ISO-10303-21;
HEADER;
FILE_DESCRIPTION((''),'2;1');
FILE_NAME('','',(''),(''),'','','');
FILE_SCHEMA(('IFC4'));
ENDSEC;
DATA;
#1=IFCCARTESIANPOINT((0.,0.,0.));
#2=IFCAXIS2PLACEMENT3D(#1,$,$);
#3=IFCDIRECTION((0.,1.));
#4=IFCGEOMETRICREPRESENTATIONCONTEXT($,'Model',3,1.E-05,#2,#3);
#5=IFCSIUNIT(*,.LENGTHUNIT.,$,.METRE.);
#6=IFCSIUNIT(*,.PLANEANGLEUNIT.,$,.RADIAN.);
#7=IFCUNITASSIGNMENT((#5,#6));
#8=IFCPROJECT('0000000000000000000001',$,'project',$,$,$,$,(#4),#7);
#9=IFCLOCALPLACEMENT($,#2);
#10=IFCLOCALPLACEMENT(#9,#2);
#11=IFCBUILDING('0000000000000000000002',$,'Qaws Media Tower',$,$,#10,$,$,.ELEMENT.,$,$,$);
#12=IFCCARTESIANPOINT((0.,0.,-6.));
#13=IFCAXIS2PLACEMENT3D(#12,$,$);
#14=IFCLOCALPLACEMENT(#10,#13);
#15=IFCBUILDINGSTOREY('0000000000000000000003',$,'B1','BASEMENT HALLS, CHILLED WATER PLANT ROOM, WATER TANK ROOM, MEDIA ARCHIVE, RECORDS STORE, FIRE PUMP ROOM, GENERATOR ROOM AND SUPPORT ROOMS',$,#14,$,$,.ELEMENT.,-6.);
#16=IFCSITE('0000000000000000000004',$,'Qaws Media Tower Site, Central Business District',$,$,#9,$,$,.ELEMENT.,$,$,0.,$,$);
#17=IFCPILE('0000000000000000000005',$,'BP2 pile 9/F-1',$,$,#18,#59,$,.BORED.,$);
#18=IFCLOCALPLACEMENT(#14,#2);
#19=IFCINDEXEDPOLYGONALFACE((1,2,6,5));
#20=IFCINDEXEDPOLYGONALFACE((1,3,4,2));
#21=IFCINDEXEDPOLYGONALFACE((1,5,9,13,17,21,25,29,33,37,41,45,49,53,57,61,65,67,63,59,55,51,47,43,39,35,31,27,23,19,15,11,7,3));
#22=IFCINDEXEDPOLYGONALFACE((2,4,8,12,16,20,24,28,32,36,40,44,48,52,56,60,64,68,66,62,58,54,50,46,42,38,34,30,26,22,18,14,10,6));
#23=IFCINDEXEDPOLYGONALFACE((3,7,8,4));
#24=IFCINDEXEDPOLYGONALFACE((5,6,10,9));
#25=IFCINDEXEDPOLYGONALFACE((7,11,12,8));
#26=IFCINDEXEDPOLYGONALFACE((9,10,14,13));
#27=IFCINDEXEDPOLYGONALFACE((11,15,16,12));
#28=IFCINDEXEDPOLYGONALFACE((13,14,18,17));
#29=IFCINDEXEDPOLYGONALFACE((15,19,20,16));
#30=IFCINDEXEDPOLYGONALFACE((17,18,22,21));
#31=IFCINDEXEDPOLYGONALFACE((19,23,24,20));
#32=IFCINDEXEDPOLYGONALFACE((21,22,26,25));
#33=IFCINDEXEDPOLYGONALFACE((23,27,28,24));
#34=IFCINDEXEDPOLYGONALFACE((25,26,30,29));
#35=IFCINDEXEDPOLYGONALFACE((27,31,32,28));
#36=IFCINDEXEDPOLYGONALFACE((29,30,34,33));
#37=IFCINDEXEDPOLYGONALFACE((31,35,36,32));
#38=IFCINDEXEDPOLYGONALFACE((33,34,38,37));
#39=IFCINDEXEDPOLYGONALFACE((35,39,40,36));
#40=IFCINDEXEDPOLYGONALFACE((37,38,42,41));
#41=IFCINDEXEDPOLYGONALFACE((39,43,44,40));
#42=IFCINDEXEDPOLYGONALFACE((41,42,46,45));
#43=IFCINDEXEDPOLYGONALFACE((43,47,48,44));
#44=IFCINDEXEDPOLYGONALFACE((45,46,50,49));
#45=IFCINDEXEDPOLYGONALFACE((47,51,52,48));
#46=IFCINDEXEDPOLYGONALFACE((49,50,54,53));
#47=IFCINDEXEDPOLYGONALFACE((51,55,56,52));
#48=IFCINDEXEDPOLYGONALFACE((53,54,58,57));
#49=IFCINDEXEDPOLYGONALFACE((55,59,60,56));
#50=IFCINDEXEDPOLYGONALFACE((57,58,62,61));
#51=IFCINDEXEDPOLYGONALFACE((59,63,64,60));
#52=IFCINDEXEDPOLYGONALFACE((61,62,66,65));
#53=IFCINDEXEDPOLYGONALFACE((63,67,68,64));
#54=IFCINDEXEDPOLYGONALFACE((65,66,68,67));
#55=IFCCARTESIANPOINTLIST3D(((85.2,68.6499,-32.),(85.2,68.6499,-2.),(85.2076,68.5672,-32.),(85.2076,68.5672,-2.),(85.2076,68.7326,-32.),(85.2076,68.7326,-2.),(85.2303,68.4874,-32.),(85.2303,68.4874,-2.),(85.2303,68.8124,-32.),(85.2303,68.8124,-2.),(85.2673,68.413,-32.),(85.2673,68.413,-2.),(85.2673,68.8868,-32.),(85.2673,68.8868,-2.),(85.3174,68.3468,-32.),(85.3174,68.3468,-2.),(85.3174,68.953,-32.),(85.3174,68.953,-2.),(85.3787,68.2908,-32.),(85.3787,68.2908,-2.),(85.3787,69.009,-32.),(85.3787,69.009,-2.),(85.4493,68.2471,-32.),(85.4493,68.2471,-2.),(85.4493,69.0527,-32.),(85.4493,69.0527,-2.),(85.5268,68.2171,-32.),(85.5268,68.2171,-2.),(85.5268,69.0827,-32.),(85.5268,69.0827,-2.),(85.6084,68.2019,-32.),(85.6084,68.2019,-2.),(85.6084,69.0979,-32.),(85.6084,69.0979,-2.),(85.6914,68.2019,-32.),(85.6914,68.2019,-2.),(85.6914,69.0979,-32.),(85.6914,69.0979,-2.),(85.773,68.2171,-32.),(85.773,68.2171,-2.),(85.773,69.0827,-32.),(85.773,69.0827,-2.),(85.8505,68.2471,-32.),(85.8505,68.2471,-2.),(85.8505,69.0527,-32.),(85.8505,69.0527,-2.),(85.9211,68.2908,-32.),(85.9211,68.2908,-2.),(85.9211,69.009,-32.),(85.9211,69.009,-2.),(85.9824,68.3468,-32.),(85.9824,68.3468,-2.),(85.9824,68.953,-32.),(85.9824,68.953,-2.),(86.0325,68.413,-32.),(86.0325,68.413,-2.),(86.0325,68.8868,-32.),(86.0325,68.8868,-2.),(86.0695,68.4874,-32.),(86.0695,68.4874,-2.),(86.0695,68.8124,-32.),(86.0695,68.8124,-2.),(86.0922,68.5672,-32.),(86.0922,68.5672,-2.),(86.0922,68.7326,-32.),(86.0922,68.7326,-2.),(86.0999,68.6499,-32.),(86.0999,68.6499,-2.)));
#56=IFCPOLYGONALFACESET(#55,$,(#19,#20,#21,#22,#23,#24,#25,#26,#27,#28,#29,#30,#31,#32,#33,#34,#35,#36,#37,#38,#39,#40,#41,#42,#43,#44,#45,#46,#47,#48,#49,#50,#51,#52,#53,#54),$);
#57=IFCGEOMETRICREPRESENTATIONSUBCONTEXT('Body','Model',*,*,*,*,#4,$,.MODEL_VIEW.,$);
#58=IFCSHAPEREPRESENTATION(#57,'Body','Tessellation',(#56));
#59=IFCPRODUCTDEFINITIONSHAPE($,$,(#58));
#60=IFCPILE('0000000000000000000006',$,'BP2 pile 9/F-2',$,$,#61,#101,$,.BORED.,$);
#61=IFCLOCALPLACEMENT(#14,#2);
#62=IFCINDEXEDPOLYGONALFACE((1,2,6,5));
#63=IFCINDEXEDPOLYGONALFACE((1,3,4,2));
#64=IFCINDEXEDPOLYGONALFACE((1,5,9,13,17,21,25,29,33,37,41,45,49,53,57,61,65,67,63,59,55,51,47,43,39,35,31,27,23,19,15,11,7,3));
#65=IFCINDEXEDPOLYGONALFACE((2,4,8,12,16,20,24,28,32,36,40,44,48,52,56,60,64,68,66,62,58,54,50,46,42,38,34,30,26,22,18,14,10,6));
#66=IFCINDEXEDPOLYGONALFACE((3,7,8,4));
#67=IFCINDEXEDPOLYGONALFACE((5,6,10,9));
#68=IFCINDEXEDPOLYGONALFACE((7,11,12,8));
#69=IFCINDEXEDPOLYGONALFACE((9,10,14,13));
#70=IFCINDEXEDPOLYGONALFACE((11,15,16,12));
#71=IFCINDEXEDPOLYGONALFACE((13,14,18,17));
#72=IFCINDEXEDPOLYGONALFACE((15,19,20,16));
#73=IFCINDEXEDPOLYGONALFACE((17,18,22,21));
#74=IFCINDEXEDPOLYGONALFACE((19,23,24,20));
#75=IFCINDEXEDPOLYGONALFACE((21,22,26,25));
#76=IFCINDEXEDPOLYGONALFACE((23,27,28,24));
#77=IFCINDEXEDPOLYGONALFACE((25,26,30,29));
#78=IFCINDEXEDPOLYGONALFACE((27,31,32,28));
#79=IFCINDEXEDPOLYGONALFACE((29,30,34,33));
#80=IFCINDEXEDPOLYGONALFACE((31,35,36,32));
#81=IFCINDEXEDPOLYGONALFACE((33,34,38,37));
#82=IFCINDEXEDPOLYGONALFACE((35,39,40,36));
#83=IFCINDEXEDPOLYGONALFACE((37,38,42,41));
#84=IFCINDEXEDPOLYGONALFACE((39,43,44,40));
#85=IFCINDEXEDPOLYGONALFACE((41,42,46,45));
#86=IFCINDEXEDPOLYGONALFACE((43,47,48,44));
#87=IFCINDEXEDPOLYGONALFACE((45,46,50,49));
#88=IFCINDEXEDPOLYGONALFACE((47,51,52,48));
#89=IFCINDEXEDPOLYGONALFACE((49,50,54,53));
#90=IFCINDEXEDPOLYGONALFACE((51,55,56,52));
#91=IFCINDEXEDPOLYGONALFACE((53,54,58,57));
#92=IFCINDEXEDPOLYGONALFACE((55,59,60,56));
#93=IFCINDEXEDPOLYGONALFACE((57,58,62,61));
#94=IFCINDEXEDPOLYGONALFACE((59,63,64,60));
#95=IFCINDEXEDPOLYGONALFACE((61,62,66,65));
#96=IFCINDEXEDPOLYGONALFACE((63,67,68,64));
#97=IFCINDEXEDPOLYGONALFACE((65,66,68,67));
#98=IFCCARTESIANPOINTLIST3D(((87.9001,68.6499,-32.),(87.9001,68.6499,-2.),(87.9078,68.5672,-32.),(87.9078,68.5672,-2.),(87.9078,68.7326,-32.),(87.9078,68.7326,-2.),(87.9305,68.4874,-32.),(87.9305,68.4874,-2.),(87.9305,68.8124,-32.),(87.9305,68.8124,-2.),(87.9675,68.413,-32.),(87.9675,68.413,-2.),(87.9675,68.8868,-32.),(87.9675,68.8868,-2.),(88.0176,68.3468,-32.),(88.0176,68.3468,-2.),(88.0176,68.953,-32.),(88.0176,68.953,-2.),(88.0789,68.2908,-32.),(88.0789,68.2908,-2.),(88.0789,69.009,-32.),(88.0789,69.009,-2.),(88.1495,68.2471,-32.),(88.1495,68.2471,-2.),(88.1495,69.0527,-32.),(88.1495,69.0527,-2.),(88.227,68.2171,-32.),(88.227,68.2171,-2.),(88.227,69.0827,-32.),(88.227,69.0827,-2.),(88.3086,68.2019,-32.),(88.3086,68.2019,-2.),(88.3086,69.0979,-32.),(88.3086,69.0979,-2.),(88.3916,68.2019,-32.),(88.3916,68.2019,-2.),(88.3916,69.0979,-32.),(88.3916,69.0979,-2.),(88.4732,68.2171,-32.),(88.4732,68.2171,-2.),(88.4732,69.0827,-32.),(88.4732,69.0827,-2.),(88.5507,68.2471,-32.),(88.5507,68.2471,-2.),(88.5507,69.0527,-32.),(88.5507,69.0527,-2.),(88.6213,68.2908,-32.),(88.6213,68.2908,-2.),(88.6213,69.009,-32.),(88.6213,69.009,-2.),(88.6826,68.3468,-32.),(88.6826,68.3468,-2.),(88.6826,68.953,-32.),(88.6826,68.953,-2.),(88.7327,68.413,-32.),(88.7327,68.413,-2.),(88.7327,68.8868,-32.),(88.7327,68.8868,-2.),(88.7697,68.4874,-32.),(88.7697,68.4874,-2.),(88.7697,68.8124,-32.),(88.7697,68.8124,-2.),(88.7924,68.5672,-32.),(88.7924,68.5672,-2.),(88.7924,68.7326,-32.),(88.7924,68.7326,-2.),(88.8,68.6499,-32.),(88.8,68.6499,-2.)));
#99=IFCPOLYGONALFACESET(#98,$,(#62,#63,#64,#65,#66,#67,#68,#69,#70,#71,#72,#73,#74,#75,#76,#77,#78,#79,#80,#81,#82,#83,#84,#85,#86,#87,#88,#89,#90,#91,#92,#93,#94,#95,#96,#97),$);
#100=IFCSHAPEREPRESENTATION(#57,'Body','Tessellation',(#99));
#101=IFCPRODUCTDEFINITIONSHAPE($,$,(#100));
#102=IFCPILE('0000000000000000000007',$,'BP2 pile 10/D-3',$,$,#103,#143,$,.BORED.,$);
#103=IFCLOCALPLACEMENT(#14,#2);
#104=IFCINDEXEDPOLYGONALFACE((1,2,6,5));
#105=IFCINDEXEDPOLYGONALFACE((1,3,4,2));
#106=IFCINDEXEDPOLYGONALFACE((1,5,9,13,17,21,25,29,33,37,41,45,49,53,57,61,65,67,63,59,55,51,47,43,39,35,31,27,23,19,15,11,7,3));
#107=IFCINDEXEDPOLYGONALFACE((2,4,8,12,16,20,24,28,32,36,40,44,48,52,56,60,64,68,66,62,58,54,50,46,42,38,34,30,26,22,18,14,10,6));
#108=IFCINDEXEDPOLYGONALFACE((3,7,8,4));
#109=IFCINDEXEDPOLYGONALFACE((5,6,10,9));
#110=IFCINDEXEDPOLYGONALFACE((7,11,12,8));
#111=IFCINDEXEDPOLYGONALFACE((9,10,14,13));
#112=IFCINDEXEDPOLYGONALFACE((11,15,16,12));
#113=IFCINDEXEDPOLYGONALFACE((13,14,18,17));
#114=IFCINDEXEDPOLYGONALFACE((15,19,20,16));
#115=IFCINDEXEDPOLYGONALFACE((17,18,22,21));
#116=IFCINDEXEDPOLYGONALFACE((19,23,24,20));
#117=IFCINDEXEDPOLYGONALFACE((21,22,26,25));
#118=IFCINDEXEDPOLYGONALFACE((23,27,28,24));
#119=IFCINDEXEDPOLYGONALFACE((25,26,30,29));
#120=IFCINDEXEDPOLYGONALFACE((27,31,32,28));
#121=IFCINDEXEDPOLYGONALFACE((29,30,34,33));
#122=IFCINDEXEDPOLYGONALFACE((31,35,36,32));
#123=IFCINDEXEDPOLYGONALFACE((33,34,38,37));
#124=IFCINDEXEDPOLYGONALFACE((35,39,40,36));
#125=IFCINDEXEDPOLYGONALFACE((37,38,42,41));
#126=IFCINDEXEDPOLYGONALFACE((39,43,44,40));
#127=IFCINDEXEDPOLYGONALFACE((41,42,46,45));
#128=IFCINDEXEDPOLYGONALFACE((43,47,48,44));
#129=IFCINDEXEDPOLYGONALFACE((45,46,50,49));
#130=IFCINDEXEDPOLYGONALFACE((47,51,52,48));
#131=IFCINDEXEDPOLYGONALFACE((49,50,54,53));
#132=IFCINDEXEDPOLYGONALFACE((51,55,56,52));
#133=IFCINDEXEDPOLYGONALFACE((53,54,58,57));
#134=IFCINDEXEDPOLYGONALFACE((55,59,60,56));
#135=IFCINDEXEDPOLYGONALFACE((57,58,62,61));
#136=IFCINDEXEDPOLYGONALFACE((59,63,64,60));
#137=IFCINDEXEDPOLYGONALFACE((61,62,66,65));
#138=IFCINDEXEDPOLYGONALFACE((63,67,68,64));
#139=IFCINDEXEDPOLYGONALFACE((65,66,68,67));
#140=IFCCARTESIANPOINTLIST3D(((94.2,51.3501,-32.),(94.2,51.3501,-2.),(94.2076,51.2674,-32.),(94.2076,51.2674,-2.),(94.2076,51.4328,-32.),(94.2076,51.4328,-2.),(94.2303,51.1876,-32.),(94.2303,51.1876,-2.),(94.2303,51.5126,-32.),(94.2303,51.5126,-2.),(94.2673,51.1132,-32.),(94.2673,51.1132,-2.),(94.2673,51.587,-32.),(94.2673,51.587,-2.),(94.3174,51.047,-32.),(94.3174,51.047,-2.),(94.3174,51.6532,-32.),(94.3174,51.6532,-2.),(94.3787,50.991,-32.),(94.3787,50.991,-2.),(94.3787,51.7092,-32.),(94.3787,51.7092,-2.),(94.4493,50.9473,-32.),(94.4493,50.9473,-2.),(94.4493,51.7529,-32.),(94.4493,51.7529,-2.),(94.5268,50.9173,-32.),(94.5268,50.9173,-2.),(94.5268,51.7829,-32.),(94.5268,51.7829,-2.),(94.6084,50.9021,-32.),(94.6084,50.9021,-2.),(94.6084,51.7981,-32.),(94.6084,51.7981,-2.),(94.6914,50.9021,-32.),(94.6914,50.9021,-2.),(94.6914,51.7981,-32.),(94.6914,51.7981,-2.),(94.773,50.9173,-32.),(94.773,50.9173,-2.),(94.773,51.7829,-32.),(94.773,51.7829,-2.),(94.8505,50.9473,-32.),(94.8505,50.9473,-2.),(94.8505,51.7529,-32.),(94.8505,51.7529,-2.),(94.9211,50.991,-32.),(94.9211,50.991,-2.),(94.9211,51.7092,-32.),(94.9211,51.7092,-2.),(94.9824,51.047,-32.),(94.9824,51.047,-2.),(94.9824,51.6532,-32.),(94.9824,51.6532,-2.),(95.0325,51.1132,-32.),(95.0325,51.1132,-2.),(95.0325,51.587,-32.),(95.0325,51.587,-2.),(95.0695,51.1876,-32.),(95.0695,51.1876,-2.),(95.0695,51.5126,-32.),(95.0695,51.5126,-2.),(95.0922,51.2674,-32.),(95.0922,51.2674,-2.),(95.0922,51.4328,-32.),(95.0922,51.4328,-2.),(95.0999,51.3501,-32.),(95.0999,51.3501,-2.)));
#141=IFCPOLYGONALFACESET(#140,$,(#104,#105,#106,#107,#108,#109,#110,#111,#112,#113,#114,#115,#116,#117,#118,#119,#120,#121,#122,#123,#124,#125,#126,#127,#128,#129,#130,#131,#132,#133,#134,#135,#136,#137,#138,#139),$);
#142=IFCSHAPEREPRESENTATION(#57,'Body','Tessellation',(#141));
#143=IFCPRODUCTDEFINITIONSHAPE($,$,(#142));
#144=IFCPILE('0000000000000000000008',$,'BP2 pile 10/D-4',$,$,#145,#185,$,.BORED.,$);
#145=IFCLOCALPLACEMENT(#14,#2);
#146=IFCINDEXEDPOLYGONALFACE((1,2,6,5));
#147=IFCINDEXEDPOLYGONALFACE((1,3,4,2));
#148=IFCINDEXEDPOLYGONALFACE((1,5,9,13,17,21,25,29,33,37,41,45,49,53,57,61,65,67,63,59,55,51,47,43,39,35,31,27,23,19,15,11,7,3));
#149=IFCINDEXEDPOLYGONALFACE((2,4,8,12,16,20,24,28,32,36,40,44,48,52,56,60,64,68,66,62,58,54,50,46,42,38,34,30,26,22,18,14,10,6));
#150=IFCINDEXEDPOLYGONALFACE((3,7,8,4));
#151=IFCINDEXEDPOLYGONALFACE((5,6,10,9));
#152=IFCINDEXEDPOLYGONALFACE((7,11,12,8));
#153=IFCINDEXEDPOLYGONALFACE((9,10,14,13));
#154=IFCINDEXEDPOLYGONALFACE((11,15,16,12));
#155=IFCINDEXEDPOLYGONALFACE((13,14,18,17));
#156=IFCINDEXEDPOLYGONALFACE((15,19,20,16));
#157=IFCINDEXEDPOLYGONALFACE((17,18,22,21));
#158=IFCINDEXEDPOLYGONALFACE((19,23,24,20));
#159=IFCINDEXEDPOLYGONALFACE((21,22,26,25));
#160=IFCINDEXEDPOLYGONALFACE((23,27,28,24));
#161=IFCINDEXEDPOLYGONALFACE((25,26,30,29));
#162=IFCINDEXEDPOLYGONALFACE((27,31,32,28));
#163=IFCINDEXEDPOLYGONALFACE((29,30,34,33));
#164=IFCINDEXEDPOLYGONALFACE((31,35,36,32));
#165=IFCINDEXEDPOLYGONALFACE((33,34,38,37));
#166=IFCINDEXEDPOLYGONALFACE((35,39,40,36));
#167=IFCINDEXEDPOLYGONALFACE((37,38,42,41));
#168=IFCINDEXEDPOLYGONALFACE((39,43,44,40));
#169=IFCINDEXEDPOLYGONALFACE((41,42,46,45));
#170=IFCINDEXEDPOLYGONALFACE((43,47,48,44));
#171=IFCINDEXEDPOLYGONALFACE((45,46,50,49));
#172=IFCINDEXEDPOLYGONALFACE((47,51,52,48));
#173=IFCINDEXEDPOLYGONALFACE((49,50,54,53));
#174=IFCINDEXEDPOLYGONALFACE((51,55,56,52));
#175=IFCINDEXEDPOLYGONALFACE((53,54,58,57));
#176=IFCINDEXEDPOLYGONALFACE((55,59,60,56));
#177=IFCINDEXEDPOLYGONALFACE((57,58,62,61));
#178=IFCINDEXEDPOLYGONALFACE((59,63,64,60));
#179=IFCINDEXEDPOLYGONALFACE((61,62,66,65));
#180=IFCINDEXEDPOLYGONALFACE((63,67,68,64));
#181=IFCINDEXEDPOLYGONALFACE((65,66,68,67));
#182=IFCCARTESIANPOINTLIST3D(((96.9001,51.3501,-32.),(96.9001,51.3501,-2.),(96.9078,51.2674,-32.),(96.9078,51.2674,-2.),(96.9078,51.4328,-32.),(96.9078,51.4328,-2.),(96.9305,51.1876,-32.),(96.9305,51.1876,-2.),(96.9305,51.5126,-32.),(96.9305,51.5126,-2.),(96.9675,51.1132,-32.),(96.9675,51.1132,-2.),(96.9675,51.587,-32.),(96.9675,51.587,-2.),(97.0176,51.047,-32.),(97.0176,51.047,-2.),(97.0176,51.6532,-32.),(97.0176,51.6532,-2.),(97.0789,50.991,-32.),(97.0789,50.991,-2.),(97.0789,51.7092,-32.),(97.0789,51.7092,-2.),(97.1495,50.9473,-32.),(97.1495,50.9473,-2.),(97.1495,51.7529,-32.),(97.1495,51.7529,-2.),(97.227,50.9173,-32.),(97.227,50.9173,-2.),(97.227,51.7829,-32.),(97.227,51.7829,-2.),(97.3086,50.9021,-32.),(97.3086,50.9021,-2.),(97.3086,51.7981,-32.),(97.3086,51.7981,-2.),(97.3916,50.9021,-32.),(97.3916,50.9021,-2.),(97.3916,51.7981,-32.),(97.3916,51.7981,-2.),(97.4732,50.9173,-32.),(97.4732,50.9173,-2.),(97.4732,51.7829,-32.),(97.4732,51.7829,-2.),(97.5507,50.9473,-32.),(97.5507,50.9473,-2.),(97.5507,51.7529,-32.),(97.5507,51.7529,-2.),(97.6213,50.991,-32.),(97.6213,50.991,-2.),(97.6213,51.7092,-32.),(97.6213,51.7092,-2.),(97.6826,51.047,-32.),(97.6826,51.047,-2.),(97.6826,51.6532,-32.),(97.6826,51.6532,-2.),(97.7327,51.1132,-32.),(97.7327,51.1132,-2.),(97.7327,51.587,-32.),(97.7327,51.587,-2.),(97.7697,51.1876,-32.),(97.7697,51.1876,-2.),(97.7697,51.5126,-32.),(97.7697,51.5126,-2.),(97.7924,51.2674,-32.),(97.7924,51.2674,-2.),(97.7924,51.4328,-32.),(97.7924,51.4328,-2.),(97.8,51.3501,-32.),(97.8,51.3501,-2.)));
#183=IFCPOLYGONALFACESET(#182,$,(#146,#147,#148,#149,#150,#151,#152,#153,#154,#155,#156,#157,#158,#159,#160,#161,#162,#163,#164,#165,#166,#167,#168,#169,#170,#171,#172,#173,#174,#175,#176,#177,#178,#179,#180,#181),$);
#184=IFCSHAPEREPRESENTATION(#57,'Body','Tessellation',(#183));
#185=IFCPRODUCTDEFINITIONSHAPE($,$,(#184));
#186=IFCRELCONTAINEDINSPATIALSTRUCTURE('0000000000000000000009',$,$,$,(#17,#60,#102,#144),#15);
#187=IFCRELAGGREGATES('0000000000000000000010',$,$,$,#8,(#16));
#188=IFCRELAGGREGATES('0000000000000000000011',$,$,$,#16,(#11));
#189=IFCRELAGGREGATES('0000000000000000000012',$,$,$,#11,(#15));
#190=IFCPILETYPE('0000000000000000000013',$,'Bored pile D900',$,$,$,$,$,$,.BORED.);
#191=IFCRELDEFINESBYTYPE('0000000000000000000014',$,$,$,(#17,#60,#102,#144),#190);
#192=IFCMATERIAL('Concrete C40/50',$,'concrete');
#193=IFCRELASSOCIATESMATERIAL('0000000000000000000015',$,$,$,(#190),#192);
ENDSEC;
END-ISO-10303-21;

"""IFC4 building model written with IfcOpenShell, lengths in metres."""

from ifc_helpers import new_model, si_unit, direction, frame, origin, origin_2d, place, context, subcontext, project, spatial, circle, extrude, material, material_profile, profile_set, type_object, element, save


model = new_model("IFC4")

# Units and contexts
model_context = context("Model", 3, precision=1e-05, world=origin(), true_north=direction((0.0, 1.0)))
body_context = subcontext(model_context, "Body", "Model", "MODEL_VIEW")
ifc_project = project(units=[si_unit("LENGTHUNIT", "METRE"), si_unit("PLANEANGLEUNIT", "RADIAN")], contexts=[model_context])

# Site, building, storey
site_placement = place(None, origin())
site = spatial("IfcSite", under=ifc_project, at=site_placement, Name="Qaws Media Tower Site, Central Business District", CompositionType="ELEMENT", RefElevation=0.0)
building_placement = place(site_placement, origin())
building = spatial("IfcBuilding", under=site, at=building_placement, Name="Qaws Media Tower", CompositionType="ELEMENT")
storey_placement = place(building_placement, frame((0.0, 0.0, -6.0)))
storey = spatial("IfcBuildingStorey", under=building, at=storey_placement, Name="B1", Description="BASEMENT HALLS, CHILLED WATER PLANT ROOM, WATER TANK ROOM, MEDIA ARCHIVE, RECORDS STORE, FIRE PUMP ROOM, GENERATOR ROOM AND SUPPORT ROOMS", CompositionType="ELEMENT", Elevation=-6.0)

# Piles
ifc_material_1 = material(Name="Concrete C40/50", Category="concrete")
ifc_material_profile_1 = material_profile(ifc_material_1, circle(Radius=0.45, at=origin_2d()), Name="D900")
ifc_profile_set_1 = profile_set([ifc_material_profile_1], Name="Concrete C40/50")
pile_type = type_object("IfcPileType", Name="Bored pile D900", PredefinedType="BORED", material=ifc_profile_set_1)
for number, where, z_axis, x_axis, name in (
    (1, (85.6499, 68.6499, -2.0), (0.0, 0.0, -1.0), (1.0, 0.0, 0.0), "BP2 pile 9/F-1"),
    (2, (88.3501, 68.6499, -2.0), (0.0, 0.0, -1.0), (1.0, 0.0, 0.0), "BP2 pile 9/F-2"),
    (3, (94.6499, 51.3501, -2.0), (0.0, 0.0, -1.0), (1.0, 0.0, 0.0), "BP2 pile 10/D-3"),
    (4, (97.3501, 51.3501, -2.0), (0.0, 0.0, -1.0), (1.0, 0.0, 0.0), "BP2 pile 10/D-4"),
):
    element("IfcPile", number, at=place(storey_placement, frame(where, z_axis=z_axis, x_axis=x_axis)), inside=storey, type_object=pile_type, Name=name, PredefinedType="BORED", context=body_context, shape_type="SweptSolid", body=[
        extrude(circle(Radius=0.45, at=origin_2d()), origin(), (0.0, 0.0, 1.0), 30.0),
    ])

save(model, "model.ifc")
